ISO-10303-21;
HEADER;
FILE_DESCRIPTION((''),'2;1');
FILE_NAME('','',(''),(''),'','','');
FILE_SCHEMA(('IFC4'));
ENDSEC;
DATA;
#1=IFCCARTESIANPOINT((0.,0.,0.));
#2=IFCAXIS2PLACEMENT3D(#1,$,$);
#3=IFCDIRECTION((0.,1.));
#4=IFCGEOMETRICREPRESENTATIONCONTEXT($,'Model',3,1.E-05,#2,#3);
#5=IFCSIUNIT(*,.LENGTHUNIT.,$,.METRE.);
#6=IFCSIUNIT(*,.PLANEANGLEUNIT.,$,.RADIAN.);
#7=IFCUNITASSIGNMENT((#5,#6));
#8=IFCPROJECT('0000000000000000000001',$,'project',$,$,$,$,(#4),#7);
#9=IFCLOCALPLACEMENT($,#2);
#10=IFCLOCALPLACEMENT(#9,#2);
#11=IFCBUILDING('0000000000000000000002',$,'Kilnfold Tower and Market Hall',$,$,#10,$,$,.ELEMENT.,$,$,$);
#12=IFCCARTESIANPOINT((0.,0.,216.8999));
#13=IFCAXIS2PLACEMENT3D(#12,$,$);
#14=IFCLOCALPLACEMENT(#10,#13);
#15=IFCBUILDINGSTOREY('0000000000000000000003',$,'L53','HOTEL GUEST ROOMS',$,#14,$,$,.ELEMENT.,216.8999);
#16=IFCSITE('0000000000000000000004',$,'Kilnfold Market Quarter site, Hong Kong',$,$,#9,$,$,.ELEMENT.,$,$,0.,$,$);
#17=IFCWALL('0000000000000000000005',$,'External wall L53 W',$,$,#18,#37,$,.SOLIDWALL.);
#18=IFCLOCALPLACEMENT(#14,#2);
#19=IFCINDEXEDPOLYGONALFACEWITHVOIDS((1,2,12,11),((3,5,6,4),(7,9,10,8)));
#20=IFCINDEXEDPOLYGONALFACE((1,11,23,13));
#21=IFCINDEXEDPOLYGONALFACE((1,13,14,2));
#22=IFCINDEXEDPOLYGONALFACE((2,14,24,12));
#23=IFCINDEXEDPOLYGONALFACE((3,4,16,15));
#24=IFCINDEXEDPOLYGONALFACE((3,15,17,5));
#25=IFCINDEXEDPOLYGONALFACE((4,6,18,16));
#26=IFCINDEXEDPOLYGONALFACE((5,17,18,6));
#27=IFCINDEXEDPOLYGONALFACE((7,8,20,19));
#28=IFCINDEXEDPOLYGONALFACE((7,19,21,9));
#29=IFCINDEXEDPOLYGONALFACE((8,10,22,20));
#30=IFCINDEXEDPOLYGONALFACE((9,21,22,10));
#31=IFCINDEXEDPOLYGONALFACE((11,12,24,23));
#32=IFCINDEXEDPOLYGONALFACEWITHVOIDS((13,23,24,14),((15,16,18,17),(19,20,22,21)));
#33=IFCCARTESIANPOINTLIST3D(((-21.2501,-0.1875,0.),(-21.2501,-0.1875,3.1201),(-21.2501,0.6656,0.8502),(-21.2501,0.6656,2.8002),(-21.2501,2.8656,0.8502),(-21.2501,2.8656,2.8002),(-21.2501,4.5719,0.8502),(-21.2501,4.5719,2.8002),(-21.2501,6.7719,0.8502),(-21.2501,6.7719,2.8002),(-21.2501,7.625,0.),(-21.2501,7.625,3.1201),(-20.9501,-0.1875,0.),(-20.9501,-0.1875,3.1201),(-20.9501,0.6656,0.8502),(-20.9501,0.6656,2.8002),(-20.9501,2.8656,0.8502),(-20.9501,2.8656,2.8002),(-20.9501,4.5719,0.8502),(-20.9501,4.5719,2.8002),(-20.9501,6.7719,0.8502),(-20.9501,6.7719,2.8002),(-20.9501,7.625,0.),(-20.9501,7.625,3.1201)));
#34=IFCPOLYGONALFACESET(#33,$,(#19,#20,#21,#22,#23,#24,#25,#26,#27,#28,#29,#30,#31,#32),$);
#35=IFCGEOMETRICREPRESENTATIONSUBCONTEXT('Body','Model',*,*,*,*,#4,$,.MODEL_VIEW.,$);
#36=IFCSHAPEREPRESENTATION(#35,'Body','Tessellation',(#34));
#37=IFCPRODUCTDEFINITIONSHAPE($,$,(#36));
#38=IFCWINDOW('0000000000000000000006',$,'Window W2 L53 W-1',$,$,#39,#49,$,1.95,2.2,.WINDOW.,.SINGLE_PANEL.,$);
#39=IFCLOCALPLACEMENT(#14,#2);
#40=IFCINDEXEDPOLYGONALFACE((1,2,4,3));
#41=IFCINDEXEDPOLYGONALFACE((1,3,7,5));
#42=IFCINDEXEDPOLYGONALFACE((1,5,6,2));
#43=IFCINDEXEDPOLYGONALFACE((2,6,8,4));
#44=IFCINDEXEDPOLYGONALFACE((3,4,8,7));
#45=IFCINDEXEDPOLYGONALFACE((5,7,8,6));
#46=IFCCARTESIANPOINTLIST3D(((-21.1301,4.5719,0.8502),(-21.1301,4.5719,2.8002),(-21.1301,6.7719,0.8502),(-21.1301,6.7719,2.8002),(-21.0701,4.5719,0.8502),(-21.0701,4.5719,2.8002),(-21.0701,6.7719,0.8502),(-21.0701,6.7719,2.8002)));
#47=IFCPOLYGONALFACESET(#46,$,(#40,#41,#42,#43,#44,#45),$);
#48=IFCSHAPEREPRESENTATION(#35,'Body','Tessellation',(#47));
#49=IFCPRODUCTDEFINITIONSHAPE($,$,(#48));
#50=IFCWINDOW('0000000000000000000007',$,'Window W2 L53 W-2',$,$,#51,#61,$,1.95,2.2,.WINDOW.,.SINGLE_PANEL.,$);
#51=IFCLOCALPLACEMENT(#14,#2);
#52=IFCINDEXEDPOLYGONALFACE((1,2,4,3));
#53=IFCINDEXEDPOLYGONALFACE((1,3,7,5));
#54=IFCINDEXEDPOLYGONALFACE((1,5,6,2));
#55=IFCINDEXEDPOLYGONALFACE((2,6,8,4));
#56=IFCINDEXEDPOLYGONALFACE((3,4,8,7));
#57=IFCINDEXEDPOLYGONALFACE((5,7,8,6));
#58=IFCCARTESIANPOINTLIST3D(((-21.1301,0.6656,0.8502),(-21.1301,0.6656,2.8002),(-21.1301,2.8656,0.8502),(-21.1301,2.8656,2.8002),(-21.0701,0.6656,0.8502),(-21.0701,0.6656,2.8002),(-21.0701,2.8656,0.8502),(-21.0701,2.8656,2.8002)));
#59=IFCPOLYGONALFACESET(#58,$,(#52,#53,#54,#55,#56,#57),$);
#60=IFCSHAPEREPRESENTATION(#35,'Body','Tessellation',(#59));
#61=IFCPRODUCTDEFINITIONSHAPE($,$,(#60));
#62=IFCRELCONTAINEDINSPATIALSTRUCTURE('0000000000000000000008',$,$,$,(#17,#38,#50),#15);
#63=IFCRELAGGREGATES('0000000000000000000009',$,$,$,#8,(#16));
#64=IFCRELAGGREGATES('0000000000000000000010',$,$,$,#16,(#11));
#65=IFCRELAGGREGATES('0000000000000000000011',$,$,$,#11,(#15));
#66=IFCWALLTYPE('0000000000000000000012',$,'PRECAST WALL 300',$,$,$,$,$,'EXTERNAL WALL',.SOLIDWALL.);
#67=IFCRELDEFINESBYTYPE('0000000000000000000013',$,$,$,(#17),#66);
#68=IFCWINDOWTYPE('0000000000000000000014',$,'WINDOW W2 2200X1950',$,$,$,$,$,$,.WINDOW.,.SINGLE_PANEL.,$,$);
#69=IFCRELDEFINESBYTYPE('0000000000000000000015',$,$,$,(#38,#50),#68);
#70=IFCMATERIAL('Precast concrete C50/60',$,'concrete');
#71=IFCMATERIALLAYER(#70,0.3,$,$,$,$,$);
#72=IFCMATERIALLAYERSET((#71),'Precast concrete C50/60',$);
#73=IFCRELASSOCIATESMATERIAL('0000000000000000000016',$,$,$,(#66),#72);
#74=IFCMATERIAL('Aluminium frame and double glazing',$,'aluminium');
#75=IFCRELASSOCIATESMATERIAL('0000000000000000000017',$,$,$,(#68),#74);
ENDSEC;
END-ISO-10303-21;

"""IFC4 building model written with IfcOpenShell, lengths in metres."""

from ifc_helpers import new_model, si_unit, direction, frame, frame_2d, origin, place, context, subcontext, project, spatial, rectangle, extrude, source, transform, mapped, material, layer, layer_set, type_object, element, fill, save


model = new_model("IFC4")

# Units and contexts
model_context = context("Model", 3, precision=1e-05, world=origin(), true_north=direction((0.0, 1.0)))
body_context = subcontext(model_context, "Body", "Model", "MODEL_VIEW")
ifc_project = project(units=[si_unit("LENGTHUNIT", "METRE"), si_unit("PLANEANGLEUNIT", "RADIAN")], contexts=[model_context])

# Site, building, storey
site_placement = place(None, origin())
site = spatial("IfcSite", under=ifc_project, at=site_placement, Name="Kilnfold Market Quarter site, Hong Kong", CompositionType="ELEMENT", RefElevation=0.0)
building_placement = place(site_placement, origin())
building = spatial("IfcBuilding", under=site, at=building_placement, Name="Kilnfold Tower and Market Hall", CompositionType="ELEMENT")
storey_placement = place(building_placement, frame((0.0, 0.0, 216.8999)))
storey = spatial("IfcBuildingStorey", under=building, at=storey_placement, Name="L53", Description="HOTEL GUEST ROOMS", CompositionType="ELEMENT", Elevation=216.8999)

# Wall, openings, windows
ifc_material_1 = material(Name="Precast concrete C50/60", Category="concrete")
ifc_layer_1 = layer(ifc_material_1, 0.3)
ifc_layer_set_1 = layer_set([ifc_layer_1], Name="Precast concrete C50/60")
wall_type_1 = type_object("IfcWallType", Name="PRECAST WALL 300", ElementType="EXTERNAL WALL", PredefinedType="SOLIDWALL", material=ifc_layer_set_1)
shared_shape_1 = source(origin(), body_context, "Body", "SweptSolid", [
    extrude(rectangle(XDim=7.8125, YDim=0.3, at=frame_2d((3.9062, 0.0))), origin(), (0.0, 0.0, 1.0), 3.1201),
])
wall_1_placement = place(storey_placement, frame((-21.1001, 7.625, 0.0), z_axis=(0.0, 0.0, 1.0), x_axis=(0.0, -1.0, 0.0)))
wall_1 = element("IfcWall", 1, at=wall_1_placement, inside=storey, type_object=wall_type_1, Name="External wall L53 W", PredefinedType="SOLIDWALL", context=body_context, shape_type="MappedRepresentation", body=[
    mapped(shared_shape_1, transform((0.0, 0.0, 0.0))),
])
opening_1_placement = place(wall_1_placement, frame((0.853, 0.0, 0.8501)))
opening_1 = element("IfcOpeningElement", 2, at=opening_1_placement, cuts=wall_1, PredefinedType="OPENING", context=body_context, shape_type="SweptSolid", body=[
    extrude(rectangle(XDim=2.2, YDim=1.95, at=frame_2d((1.1001, 0.9751))), frame((0.0, 0.1602, 0.0), z_axis=(0.0, -1.0, 0.0), x_axis=(1.0, 0.0, 0.0)), (0.0, 0.0, 1.0), 0.3201),
])
opening_2_placement = place(wall_1_placement, frame((4.7593, 0.0, 0.8501)))
opening_2 = element("IfcOpeningElement", 3, at=opening_2_placement, cuts=wall_1, PredefinedType="OPENING", context=body_context, shape_type="SweptSolid", body=[
    extrude(rectangle(XDim=2.2, YDim=1.95, at=frame_2d((1.1001, 0.9751))), frame((0.0, 0.1602, 0.0), z_axis=(0.0, -1.0, 0.0), x_axis=(1.0, 0.0, 0.0)), (0.0, 0.0, 1.0), 0.3201),
])
ifc_material_2 = material(Name="Aluminium frame and double glazing", Category="aluminium")
window_type = type_object("IfcWindowType", Name="WINDOW W2 2200X1950", PartitioningType="SINGLE_PANEL", PredefinedType="WINDOW", material=ifc_material_2)
window_1_placement = place(opening_1_placement, origin())
window_1 = element("IfcWindow", 4, at=window_1_placement, inside=storey, type_object=window_type, Name="Window W2 L53 W-1", OverallHeight=1.95, OverallWidth=2.2, PartitioningType="SINGLE_PANEL", PredefinedType="WINDOW", context=body_context, shape_type="SweptSolid", body=[
    extrude(rectangle(XDim=2.2, YDim=1.95, at=frame_2d((1.1001, 0.9751))), frame((0.0, 0.03, 0.0), z_axis=(0.0, -1.0, 0.0), x_axis=(1.0, 0.0, 0.0)), (0.0, 0.0, 1.0), 0.0601),
])
fill(opening_1, window_1)
window_2_placement = place(opening_2_placement, origin())
window_2 = element("IfcWindow", 5, at=window_2_placement, inside=storey, type_object=window_type, Name="Window W2 L53 W-2", OverallHeight=1.95, OverallWidth=2.2, PartitioningType="SINGLE_PANEL", PredefinedType="WINDOW", context=body_context, shape_type="SweptSolid", body=[
    extrude(rectangle(XDim=2.2, YDim=1.95, at=frame_2d((1.1001, 0.9751))), frame((0.0, 0.03, 0.0), z_axis=(0.0, -1.0, 0.0), x_axis=(1.0, 0.0, 0.0)), (0.0, 0.0, 1.0), 0.0601),
])
fill(opening_2, window_2)

save(model, "model.ifc")
